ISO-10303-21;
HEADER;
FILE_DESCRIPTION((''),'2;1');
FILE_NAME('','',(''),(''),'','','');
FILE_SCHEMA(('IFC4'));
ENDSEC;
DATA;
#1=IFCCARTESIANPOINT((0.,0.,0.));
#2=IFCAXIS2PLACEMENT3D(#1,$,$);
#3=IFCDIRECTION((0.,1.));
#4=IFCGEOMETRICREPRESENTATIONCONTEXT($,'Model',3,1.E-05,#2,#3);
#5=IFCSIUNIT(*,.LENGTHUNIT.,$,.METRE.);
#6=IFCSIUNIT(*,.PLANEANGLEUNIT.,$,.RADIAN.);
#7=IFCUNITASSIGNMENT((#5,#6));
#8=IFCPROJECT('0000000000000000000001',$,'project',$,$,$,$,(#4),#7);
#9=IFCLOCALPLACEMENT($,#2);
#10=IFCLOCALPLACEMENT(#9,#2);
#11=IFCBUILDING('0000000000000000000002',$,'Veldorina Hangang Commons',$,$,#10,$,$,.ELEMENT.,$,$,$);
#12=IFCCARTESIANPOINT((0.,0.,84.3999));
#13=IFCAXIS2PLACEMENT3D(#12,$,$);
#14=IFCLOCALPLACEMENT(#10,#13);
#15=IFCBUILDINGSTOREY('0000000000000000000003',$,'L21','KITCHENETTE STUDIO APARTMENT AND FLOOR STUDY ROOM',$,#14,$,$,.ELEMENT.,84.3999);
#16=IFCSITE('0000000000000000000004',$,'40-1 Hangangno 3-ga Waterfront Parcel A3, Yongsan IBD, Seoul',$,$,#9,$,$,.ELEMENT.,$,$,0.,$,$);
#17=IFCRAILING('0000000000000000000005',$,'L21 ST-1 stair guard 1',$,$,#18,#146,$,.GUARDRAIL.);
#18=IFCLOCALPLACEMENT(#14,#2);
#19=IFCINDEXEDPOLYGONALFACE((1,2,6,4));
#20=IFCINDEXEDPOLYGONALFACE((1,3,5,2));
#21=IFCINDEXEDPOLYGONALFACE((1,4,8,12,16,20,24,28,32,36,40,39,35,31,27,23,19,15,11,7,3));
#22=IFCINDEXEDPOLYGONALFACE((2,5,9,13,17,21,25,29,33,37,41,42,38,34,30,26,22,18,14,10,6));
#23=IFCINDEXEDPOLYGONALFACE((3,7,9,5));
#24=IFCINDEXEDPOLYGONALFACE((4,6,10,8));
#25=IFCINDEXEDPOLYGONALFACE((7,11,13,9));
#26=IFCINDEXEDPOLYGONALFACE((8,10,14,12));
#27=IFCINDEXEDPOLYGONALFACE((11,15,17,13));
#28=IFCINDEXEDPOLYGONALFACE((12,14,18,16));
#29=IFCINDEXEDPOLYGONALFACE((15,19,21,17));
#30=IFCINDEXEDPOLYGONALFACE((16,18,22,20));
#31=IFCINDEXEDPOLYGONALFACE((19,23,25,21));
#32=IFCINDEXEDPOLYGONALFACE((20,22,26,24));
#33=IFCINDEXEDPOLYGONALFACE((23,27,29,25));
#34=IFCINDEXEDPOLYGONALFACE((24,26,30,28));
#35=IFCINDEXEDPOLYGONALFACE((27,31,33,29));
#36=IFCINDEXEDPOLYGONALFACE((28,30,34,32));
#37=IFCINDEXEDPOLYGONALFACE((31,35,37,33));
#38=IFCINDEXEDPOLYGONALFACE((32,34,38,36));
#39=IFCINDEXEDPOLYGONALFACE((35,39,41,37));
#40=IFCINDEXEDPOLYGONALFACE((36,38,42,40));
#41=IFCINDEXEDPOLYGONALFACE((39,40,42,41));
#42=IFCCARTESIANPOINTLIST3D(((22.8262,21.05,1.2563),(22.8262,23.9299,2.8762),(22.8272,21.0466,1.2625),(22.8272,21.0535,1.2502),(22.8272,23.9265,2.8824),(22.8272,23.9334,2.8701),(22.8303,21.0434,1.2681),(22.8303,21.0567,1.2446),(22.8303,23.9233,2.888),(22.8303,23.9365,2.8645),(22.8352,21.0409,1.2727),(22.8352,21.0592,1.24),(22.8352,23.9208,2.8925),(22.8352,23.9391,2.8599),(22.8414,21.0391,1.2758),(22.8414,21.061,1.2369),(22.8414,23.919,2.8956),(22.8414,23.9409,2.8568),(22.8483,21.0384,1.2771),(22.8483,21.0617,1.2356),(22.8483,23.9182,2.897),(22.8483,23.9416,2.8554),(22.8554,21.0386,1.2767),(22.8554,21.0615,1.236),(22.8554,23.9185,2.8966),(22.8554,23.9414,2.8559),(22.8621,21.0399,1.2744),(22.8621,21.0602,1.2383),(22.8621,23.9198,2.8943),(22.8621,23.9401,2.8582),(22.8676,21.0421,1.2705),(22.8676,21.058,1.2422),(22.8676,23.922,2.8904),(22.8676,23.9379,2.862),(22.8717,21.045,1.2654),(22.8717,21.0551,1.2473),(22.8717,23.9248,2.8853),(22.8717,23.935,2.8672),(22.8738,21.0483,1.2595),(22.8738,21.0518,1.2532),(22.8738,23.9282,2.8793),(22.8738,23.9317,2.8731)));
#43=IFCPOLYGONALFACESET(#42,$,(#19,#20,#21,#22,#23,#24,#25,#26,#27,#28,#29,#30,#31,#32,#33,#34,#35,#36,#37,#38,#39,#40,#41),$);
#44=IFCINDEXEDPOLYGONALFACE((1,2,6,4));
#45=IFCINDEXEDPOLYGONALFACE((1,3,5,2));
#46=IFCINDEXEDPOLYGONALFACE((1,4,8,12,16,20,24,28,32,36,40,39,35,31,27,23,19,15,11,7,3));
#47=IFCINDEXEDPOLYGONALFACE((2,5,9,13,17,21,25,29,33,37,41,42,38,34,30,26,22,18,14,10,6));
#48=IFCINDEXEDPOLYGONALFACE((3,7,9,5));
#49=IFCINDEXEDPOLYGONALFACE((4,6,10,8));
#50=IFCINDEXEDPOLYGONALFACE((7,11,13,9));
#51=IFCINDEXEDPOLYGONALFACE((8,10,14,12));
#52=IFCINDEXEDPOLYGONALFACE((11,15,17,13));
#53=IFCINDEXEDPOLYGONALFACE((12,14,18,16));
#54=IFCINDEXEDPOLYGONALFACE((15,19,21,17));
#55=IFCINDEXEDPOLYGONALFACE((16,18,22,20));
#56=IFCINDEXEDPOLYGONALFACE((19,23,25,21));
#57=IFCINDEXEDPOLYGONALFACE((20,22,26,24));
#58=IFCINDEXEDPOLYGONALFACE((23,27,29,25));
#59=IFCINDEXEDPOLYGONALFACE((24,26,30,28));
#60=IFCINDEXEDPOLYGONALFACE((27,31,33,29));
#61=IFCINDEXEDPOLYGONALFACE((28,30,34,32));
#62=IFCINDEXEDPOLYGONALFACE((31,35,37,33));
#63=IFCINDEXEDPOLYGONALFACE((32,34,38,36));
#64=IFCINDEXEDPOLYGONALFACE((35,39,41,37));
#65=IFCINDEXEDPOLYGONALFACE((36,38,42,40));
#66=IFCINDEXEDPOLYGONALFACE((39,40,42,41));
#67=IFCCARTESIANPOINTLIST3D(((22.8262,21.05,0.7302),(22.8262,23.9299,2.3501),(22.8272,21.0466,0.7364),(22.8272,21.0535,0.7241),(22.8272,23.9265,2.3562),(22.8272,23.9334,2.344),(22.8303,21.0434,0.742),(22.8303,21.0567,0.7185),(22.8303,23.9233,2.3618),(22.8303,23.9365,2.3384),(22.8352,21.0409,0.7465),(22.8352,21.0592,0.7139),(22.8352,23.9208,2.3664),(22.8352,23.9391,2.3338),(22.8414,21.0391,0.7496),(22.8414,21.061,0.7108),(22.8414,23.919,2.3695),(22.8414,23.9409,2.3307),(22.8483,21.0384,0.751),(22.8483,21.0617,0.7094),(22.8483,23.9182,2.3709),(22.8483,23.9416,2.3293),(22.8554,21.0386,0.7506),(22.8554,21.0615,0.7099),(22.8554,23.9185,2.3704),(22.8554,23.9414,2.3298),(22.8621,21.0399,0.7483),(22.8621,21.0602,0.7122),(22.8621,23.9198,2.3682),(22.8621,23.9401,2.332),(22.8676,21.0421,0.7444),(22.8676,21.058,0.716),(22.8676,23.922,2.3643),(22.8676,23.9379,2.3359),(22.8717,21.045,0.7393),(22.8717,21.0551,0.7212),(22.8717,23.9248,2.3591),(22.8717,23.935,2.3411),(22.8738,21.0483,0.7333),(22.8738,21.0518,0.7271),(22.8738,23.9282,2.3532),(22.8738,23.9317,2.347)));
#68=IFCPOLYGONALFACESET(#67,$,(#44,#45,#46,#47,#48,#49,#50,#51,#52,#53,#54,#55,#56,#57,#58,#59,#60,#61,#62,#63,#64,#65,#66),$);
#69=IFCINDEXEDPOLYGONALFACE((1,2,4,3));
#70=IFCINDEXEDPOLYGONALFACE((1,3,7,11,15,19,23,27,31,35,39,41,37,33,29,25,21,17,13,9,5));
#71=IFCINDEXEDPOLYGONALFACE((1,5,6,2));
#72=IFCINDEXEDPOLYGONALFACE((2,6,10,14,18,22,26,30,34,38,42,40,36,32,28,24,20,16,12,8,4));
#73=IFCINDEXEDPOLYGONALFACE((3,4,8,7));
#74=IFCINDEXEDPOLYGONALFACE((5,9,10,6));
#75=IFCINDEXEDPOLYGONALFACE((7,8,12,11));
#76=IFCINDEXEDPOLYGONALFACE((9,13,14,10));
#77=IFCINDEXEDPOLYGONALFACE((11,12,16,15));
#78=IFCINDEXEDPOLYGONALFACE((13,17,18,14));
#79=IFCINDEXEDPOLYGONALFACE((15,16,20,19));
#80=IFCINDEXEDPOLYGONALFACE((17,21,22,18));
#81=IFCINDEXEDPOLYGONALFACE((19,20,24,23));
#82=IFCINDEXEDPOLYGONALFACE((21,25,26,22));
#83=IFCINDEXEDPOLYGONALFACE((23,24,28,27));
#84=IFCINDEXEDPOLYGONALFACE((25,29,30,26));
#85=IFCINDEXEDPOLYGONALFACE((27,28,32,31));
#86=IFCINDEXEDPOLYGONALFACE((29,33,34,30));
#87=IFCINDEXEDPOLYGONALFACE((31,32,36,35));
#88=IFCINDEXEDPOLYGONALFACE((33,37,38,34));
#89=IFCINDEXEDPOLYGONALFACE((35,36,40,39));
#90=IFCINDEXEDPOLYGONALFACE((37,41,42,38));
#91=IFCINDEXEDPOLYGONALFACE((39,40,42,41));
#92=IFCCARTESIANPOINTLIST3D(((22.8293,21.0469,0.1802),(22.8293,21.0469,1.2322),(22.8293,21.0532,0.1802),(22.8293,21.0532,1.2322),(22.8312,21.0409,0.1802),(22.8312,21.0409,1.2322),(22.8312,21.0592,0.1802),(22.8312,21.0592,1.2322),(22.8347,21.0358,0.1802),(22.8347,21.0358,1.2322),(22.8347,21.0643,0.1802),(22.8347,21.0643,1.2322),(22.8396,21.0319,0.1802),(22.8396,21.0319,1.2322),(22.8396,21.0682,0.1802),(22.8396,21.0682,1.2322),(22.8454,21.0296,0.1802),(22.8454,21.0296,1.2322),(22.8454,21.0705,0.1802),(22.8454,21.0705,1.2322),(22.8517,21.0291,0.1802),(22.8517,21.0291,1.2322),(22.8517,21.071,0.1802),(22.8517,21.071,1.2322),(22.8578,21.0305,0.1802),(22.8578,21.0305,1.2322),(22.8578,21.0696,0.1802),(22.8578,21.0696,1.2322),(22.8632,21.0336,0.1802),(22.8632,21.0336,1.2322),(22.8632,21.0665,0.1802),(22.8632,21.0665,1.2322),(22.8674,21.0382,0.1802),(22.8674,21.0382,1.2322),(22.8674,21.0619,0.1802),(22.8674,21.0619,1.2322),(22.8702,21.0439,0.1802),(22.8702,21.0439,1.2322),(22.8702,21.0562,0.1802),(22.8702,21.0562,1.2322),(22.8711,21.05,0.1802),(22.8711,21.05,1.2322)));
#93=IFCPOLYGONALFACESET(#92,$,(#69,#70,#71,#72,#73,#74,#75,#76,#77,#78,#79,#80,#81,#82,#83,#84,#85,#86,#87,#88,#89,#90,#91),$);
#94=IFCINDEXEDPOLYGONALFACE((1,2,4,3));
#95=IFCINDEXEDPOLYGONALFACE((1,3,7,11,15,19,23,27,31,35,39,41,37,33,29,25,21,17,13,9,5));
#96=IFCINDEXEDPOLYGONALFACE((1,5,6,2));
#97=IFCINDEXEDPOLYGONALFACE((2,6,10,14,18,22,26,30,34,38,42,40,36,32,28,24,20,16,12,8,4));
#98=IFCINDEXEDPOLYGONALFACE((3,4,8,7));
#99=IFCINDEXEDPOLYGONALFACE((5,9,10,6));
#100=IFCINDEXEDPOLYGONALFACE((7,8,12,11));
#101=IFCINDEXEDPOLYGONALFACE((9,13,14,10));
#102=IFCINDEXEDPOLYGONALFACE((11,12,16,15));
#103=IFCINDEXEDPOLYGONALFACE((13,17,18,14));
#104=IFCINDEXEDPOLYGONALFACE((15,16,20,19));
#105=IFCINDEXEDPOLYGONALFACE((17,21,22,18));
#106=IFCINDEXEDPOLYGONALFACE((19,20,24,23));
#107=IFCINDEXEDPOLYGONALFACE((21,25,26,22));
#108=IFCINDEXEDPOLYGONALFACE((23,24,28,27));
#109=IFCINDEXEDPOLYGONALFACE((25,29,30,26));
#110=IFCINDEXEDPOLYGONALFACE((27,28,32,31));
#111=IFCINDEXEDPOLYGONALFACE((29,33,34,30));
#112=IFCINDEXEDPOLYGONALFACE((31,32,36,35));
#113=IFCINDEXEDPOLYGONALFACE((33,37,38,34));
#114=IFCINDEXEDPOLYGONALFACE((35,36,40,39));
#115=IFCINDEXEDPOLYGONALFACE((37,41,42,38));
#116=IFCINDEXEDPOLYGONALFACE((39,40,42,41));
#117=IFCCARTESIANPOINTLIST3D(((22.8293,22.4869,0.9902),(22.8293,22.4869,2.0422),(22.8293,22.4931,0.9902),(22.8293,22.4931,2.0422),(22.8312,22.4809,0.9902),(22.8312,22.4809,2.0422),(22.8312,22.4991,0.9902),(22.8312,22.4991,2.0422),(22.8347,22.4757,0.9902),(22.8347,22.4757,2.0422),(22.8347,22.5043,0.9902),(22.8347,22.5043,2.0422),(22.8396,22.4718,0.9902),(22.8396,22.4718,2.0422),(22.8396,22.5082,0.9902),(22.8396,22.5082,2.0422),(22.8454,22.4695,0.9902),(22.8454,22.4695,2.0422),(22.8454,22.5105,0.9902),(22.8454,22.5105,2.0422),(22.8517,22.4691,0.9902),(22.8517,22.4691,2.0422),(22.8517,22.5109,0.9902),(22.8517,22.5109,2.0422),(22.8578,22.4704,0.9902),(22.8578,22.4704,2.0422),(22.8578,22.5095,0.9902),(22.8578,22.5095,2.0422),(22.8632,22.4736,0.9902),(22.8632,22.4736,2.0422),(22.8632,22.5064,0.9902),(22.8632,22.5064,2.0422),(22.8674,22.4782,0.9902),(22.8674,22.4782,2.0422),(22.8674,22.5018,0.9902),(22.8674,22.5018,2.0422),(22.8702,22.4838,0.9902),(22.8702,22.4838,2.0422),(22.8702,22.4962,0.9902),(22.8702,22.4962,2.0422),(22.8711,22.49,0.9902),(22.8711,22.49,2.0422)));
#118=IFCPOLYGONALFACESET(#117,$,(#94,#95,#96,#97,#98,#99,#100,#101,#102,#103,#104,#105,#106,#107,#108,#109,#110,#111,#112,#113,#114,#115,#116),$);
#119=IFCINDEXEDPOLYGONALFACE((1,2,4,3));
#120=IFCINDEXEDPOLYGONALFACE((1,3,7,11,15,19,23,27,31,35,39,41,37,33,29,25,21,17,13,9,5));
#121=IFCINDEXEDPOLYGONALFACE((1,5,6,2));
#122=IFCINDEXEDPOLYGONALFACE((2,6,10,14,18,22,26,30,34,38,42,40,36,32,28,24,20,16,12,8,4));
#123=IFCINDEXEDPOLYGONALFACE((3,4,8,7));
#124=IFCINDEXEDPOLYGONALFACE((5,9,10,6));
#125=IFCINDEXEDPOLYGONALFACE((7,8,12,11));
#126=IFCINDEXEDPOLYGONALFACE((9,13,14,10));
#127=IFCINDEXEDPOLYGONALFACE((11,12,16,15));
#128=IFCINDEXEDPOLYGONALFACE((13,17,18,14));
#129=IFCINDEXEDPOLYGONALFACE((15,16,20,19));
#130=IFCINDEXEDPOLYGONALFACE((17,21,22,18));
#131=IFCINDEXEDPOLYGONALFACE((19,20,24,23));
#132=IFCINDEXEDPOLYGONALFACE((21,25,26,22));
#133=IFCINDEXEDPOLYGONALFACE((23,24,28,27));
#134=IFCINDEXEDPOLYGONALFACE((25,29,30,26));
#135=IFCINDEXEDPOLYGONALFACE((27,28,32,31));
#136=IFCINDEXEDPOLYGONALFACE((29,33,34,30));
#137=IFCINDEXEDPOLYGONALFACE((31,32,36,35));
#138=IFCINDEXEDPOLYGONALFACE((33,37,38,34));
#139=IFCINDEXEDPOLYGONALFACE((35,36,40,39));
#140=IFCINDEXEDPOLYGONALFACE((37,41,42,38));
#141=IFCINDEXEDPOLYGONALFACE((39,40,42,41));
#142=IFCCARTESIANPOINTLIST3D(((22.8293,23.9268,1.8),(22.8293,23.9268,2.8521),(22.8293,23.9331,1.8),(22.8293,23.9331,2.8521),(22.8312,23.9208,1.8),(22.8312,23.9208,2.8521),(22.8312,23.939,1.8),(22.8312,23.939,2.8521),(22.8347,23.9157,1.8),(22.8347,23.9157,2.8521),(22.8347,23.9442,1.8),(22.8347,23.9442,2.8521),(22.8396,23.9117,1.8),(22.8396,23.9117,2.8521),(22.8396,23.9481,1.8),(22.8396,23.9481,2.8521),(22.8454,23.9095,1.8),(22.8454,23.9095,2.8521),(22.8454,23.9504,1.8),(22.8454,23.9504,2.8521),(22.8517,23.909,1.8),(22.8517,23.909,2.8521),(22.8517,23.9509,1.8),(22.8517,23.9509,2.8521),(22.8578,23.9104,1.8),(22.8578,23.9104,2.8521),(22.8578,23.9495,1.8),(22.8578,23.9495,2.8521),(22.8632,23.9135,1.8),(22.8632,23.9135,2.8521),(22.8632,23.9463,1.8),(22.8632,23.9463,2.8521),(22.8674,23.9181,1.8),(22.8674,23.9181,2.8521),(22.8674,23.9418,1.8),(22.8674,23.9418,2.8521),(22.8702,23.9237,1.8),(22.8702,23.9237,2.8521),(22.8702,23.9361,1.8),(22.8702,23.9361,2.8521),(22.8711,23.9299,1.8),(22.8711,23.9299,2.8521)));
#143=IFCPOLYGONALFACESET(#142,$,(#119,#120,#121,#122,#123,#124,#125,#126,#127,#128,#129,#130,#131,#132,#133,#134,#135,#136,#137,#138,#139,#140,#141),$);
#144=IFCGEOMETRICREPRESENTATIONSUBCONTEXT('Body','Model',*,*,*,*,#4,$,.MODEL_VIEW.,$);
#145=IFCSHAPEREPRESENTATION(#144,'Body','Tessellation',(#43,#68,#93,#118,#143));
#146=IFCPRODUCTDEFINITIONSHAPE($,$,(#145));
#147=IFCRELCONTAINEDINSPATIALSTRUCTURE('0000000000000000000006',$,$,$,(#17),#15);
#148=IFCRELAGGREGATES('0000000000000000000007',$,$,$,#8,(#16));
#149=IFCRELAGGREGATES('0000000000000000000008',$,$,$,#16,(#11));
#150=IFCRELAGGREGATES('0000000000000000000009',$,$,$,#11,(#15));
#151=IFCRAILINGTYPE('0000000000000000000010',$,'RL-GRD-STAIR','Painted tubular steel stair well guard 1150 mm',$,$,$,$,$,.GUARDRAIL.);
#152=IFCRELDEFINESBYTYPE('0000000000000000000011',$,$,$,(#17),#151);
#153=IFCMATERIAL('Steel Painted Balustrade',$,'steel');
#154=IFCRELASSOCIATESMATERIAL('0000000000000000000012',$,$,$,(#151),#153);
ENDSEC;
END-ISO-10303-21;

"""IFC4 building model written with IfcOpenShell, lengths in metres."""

from ifc_helpers import new_model, si_unit, direction, frame, origin, origin_2d, place, context, subcontext, project, spatial, circle, extrude, material, type_object, element, save


model = new_model("IFC4")

# Units and contexts
model_context = context("Model", 3, precision=1e-05, world=origin(), true_north=direction((0.0, 1.0)))
body_context = subcontext(model_context, "Body", "Model", "MODEL_VIEW")
ifc_project = project(units=[si_unit("LENGTHUNIT", "METRE"), si_unit("PLANEANGLEUNIT", "RADIAN")], contexts=[model_context])

# Site, building, storey
site_placement = place(None, origin())
site = spatial("IfcSite", under=ifc_project, at=site_placement, Name="40-1 Hangangno 3-ga Waterfront Parcel A3, Yongsan IBD, Seoul", CompositionType="ELEMENT", RefElevation=0.0)
building_placement = place(site_placement, origin())
building = spatial("IfcBuilding", under=site, at=building_placement, Name="Veldorina Hangang Commons", CompositionType="ELEMENT")
storey_placement = place(building_placement, frame((0.0, 0.0, 84.3999)))
storey = spatial("IfcBuildingStorey", under=building, at=storey_placement, Name="L21", Description="KITCHENETTE STUDIO APARTMENT AND FLOOR STUDY ROOM", CompositionType="ELEMENT", Elevation=84.3999)

# Railing
ifc_material_1 = material(Name="Steel Painted Balustrade", Category="steel")
railing_type_1 = type_object("IfcRailingType", Name="RL-GRD-STAIR", Description="Painted tubular steel stair well guard 1150 mm", PredefinedType="GUARDRAIL", material=ifc_material_1)
railing_1_placement = place(storey_placement, frame((22.8501, 21.05, 0.1802)))
element("IfcRailing", 1, at=railing_1_placement, inside=storey, type_object=railing_type_1, Name="L21 ST-1 stair guard 1", PredefinedType="GUARDRAIL", context=body_context, shape_type="SweptSolid", body=[
    extrude(circle(Radius=0.0239, at=origin_2d()), frame((0.0, 0.0, 1.0762), z_axis=(0.0, 0.871583, 0.490247), x_axis=(-1.0, 0.0, 0.0)), (0.0, 0.0, 1.0), 3.3042),
    extrude(circle(Radius=0.0239, at=origin_2d()), frame((0.0, 0.0, 0.55), z_axis=(0.0, 0.871583, 0.490247), x_axis=(-1.0, 0.0, 0.0)), (0.0, 0.0, 1.0), 3.3042),
    extrude(circle(Radius=0.021, at=origin_2d()), origin(), (0.0, 0.0, 1.0), 1.052),
    extrude(circle(Radius=0.021, at=origin_2d()), frame((0.0, 1.4399, 0.8101)), (0.0, 0.0, 1.0), 1.052),
    extrude(circle(Radius=0.021, at=origin_2d()), frame((0.0, 2.8799, 1.6199)), (0.0, 0.0, 1.0), 1.052),
])

save(model, "model.ifc")
